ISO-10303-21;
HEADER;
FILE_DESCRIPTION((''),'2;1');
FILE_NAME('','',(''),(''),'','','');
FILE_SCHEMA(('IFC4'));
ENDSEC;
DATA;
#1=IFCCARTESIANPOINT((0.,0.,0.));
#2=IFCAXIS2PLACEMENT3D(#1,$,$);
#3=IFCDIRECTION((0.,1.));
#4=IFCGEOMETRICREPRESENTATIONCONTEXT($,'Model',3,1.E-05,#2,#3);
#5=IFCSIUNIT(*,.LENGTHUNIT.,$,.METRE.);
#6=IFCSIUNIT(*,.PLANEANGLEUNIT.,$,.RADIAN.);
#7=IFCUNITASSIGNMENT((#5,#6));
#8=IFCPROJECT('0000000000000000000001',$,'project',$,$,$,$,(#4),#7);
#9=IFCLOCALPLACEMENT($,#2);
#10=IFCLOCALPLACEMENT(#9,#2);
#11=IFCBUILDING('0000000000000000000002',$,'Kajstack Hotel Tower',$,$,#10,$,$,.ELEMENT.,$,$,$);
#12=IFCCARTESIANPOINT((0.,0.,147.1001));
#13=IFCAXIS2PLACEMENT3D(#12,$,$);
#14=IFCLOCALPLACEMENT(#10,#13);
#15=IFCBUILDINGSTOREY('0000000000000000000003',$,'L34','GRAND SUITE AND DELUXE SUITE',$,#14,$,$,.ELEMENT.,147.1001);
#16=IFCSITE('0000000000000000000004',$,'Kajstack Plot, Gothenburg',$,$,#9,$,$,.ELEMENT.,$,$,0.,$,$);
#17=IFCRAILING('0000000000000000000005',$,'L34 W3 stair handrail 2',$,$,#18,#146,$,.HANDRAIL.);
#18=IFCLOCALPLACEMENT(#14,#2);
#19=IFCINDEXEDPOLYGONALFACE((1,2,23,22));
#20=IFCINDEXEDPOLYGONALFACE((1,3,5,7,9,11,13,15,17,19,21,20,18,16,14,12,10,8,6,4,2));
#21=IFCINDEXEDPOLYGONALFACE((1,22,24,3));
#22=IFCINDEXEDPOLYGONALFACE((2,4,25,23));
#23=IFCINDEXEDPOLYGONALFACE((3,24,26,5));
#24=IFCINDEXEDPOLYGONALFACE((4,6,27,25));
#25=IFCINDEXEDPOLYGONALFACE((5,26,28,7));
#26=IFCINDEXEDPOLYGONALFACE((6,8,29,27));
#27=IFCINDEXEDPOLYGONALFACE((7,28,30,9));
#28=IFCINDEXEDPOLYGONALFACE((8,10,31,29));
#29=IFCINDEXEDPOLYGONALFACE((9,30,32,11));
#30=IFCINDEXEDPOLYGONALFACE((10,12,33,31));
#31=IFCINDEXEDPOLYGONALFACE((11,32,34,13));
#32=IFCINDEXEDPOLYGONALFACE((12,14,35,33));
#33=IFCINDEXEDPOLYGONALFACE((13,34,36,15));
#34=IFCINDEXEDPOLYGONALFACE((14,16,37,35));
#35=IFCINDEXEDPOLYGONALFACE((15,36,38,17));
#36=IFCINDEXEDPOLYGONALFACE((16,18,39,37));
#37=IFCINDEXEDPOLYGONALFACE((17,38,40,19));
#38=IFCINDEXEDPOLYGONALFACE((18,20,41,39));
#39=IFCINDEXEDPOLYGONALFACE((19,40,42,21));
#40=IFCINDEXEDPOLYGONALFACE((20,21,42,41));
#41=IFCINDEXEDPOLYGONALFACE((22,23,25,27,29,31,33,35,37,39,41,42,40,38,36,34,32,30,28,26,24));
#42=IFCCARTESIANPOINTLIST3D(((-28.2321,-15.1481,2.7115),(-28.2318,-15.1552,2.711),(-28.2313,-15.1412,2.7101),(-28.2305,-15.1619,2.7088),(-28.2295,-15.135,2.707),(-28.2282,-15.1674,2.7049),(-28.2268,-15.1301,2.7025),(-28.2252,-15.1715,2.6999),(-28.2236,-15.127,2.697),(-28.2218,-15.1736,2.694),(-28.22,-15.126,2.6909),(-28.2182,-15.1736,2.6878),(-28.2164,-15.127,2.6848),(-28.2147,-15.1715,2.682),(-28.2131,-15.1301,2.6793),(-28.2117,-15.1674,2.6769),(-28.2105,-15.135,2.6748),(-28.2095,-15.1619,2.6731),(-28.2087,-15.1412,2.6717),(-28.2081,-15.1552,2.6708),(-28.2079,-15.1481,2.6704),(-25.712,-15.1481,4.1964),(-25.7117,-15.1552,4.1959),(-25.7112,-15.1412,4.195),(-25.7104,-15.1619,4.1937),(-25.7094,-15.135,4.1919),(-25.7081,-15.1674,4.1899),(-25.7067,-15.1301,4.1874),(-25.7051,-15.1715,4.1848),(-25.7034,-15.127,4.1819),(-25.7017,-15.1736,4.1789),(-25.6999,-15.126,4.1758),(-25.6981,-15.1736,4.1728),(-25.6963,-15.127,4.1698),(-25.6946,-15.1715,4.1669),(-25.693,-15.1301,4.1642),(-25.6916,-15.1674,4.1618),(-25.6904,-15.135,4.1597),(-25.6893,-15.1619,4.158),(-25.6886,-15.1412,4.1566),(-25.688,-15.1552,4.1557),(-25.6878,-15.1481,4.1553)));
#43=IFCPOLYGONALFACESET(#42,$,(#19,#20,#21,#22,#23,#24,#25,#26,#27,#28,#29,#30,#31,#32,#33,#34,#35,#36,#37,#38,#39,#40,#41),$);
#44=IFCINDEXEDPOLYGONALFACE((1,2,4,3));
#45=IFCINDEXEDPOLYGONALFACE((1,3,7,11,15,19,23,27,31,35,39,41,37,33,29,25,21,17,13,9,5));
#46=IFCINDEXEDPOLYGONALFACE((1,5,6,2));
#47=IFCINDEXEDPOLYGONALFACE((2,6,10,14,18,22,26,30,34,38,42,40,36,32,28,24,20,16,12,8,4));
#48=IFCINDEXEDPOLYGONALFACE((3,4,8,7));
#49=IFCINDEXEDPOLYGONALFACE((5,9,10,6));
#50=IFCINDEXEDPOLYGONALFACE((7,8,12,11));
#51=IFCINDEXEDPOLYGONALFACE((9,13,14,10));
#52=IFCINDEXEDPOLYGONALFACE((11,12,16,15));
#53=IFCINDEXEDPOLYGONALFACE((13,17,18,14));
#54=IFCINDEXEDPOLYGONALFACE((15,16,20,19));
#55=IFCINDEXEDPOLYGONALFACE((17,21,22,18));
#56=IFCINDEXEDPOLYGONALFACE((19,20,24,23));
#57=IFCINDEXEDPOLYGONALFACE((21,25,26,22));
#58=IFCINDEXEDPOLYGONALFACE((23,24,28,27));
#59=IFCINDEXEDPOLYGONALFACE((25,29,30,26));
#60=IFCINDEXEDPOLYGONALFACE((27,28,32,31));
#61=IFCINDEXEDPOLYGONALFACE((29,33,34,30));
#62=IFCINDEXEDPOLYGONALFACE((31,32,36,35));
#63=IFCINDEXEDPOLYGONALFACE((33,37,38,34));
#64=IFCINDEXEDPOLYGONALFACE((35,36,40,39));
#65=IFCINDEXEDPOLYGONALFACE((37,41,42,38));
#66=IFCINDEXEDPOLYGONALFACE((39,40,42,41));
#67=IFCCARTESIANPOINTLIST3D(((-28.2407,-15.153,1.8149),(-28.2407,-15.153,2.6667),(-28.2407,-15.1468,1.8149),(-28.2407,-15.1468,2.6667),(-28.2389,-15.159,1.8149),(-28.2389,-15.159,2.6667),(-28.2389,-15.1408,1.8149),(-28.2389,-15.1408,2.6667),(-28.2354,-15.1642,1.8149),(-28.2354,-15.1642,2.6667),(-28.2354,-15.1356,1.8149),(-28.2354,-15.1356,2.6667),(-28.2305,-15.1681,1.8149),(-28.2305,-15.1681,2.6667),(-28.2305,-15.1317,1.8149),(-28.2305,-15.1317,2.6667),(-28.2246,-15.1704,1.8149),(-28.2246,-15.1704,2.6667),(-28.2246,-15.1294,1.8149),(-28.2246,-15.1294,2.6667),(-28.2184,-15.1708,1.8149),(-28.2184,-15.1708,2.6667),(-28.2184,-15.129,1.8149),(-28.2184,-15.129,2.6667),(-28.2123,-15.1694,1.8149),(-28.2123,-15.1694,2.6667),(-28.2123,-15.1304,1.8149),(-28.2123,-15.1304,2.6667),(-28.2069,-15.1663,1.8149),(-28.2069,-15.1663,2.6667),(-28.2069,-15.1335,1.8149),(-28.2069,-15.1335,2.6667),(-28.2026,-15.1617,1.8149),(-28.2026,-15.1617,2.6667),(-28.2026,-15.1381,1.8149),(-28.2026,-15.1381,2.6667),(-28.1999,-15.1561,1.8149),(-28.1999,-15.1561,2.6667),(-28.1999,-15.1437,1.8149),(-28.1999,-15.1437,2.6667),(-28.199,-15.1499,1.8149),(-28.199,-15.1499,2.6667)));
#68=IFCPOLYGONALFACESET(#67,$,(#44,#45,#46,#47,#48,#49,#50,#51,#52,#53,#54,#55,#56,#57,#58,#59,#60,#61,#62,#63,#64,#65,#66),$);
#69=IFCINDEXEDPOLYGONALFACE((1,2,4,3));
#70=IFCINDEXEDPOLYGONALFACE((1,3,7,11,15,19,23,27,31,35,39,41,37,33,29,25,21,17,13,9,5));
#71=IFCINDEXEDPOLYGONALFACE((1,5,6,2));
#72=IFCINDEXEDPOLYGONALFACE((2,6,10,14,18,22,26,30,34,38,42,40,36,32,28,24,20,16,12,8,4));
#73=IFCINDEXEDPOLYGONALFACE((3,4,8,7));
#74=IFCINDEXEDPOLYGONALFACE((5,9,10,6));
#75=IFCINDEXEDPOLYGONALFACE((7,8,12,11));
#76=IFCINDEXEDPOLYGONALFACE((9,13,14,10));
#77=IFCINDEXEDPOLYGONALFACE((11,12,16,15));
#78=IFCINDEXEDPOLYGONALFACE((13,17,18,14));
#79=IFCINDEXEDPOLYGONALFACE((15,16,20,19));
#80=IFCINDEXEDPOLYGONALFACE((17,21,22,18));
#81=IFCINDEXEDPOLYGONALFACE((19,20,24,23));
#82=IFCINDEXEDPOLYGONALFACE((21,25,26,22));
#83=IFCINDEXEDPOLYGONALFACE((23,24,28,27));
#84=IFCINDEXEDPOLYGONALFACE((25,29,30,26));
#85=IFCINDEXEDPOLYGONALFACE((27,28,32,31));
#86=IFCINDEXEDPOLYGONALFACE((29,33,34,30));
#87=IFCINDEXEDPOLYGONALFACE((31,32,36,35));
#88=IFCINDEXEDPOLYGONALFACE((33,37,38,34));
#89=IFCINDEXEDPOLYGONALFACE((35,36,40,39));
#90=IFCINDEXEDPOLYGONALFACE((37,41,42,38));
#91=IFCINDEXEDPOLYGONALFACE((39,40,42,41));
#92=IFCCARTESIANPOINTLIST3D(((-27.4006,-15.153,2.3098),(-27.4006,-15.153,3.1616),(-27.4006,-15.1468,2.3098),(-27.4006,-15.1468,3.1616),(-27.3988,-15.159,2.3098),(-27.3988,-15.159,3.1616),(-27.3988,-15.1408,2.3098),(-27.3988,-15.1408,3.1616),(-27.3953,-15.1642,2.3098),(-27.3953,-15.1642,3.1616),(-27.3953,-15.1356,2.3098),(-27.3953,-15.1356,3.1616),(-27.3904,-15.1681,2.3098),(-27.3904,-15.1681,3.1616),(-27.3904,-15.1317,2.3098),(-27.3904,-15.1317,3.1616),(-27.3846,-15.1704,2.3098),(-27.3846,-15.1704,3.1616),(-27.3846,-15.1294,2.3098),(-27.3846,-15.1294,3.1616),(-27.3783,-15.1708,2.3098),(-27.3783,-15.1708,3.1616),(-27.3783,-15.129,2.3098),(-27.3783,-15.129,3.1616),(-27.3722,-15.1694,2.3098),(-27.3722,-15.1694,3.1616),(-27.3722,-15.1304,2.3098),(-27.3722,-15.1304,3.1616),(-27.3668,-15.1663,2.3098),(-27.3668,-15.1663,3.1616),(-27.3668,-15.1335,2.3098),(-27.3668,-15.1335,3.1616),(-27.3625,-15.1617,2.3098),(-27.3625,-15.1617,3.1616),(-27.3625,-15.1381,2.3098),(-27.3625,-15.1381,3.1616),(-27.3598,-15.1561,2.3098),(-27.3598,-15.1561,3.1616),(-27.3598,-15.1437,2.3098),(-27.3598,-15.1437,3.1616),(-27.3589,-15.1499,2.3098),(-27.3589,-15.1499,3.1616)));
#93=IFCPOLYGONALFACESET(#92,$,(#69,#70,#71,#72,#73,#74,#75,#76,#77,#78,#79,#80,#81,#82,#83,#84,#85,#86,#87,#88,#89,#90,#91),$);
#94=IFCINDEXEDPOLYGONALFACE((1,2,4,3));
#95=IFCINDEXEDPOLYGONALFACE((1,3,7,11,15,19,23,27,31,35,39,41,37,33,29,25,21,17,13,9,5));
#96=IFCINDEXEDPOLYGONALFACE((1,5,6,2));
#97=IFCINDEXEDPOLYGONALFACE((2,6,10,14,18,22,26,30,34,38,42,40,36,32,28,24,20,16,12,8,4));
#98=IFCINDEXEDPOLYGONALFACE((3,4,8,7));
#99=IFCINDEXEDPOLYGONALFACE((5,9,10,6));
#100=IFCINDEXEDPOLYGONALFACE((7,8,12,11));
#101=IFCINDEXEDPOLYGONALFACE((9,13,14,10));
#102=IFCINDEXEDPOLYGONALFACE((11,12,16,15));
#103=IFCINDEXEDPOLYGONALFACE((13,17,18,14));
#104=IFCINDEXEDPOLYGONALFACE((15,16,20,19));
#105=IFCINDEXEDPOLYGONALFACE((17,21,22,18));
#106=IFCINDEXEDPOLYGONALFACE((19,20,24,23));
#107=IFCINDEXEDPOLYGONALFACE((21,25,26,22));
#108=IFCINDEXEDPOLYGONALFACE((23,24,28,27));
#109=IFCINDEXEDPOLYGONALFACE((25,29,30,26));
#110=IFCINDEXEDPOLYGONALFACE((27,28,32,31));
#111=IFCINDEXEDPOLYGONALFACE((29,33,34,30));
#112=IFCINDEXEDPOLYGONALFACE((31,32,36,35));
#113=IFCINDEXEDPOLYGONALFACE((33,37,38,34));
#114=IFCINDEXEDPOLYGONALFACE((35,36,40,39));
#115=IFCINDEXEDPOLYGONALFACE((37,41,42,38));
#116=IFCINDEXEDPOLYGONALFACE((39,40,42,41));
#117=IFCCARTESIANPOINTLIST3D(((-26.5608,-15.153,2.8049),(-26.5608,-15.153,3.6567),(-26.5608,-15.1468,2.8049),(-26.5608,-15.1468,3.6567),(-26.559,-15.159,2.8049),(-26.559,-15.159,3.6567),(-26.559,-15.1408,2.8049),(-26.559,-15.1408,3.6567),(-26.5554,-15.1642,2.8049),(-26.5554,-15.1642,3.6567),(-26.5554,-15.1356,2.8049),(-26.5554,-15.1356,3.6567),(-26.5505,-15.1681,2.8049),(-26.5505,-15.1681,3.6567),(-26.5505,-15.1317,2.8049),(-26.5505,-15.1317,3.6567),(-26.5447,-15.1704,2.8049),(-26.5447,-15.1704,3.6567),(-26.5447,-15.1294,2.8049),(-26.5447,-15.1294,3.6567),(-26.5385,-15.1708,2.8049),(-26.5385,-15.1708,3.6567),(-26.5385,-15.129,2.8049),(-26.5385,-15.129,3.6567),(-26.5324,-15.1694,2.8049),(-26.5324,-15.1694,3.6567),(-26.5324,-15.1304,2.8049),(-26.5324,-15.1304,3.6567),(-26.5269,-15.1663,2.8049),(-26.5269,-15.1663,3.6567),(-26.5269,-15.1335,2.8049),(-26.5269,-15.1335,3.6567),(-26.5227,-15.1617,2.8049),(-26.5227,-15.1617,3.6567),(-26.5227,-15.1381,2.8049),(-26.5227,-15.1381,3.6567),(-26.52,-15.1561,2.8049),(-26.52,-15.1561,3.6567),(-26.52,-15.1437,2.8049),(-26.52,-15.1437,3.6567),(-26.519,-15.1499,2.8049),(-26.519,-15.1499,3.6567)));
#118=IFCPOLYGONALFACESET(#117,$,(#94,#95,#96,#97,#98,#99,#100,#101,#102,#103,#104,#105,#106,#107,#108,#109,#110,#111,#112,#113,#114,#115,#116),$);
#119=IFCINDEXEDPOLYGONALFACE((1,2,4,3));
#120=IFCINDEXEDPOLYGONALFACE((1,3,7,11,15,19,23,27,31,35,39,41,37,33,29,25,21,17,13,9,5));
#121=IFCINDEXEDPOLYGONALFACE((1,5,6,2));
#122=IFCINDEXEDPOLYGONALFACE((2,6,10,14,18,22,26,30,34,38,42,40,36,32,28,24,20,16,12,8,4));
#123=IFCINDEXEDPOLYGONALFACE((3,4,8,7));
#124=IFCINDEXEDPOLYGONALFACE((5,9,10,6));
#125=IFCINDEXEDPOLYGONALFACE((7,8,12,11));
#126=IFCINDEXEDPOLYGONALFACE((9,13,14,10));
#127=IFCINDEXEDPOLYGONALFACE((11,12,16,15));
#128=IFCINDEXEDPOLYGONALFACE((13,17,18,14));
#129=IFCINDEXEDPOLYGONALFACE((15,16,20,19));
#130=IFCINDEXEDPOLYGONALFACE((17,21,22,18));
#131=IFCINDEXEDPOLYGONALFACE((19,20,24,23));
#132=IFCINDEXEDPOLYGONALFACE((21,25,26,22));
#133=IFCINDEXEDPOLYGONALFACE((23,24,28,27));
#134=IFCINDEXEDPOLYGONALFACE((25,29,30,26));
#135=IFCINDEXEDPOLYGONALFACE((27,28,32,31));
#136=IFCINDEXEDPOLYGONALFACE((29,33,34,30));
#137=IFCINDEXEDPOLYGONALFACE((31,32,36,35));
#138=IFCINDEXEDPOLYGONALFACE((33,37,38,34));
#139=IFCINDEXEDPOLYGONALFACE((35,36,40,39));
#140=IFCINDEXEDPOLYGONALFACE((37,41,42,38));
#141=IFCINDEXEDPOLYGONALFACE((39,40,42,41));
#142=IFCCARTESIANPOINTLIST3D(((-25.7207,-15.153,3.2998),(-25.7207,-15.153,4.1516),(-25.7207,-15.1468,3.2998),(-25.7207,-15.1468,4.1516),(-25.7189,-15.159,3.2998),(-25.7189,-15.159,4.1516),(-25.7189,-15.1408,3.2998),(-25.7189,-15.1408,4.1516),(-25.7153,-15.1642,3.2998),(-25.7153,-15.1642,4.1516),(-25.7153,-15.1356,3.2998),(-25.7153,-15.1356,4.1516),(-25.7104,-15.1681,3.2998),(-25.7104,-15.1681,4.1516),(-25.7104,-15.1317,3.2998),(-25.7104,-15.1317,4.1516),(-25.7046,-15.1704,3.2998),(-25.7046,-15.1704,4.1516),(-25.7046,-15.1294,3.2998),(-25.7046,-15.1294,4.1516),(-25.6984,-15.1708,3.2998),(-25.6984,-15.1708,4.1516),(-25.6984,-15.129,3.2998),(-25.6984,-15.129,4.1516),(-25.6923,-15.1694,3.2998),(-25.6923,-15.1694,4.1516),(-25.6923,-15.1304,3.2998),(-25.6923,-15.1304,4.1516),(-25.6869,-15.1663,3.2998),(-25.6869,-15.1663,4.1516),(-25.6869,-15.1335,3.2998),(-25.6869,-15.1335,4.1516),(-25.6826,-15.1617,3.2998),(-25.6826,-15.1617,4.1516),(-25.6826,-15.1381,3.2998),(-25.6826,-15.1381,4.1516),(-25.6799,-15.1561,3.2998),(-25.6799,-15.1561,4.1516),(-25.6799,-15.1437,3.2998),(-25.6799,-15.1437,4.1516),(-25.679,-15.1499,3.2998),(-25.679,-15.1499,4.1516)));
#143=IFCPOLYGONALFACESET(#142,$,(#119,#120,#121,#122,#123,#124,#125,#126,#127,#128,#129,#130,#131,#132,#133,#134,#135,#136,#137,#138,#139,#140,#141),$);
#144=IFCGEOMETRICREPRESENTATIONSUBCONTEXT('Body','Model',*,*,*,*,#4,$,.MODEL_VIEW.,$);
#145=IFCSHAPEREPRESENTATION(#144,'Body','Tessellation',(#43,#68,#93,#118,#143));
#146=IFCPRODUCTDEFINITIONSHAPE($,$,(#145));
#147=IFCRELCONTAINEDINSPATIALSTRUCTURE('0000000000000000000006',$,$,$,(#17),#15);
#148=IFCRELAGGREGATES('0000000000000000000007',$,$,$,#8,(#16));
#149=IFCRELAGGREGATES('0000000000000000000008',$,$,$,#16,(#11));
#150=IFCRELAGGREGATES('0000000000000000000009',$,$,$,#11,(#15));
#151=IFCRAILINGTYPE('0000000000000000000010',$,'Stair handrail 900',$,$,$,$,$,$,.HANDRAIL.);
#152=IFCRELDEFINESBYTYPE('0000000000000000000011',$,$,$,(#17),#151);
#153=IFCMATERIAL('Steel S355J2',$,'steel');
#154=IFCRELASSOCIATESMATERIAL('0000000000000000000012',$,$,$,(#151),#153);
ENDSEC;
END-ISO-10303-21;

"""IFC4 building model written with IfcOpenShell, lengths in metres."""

from ifc_helpers import new_model, si_unit, direction, frame, origin, origin_2d, place, context, subcontext, project, spatial, circle, extrude, material, type_object, element, save


model = new_model("IFC4")

# Units and contexts
model_context = context("Model", 3, precision=1e-05, world=origin(), true_north=direction((0.0, 1.0)))
body_context = subcontext(model_context, "Body", "Model", "MODEL_VIEW")
ifc_project = project(units=[si_unit("LENGTHUNIT", "METRE"), si_unit("PLANEANGLEUNIT", "RADIAN")], contexts=[model_context])

# Site, building, storey
site_placement = place(None, origin())
site = spatial("IfcSite", under=ifc_project, at=site_placement, Name="Kajstack Plot, Gothenburg", CompositionType="ELEMENT", RefElevation=0.0)
building_placement = place(site_placement, origin())
building = spatial("IfcBuilding", under=site, at=building_placement, Name="Kajstack Hotel Tower", CompositionType="ELEMENT")
storey_placement = place(building_placement, frame((0.0, 0.0, 147.1001)))
storey = spatial("IfcBuildingStorey", under=building, at=storey_placement, Name="L34", Description="GRAND SUITE AND DELUXE SUITE", CompositionType="ELEMENT", Elevation=147.1001)

# Railing
ifc_material_1 = material(Name="Steel S355J2", Category="steel")
railing_type_1 = type_object("IfcRailingType", Name="Stair handrail 900", PredefinedType="HANDRAIL", material=ifc_material_1)
railing_1_placement = place(storey_placement, frame((-28.22, -15.1499, 1.8149)))
element("IfcRailing", 1, at=railing_1_placement, inside=storey, type_object=railing_type_1, Name="L34 W3 stair handrail 2", PredefinedType="HANDRAIL", context=body_context, shape_type="SweptSolid", body=[
    extrude(circle(Radius=0.0239, at=origin_2d()), frame((0.0, 0.0, 0.876), z_axis=(0.861561, 0.0, 0.507655), x_axis=(0.0, 1.0, 0.0)), (0.0, 0.0, 1.0), 2.925),
    extrude(circle(Radius=0.021, at=origin_2d()), origin(), (0.0, 0.0, 1.0), 0.8518),
    extrude(circle(Radius=0.021, at=origin_2d()), frame((0.8401, 0.0, 0.4949)), (0.0, 0.0, 1.0), 0.8518),
    extrude(circle(Radius=0.021, at=origin_2d()), frame((1.6799, 0.0, 0.99)), (0.0, 0.0, 1.0), 0.8518),
    extrude(circle(Radius=0.021, at=origin_2d()), frame((2.52, 0.0, 1.4849)), (0.0, 0.0, 1.0), 0.8518),
])

save(model, "model.ifc")
